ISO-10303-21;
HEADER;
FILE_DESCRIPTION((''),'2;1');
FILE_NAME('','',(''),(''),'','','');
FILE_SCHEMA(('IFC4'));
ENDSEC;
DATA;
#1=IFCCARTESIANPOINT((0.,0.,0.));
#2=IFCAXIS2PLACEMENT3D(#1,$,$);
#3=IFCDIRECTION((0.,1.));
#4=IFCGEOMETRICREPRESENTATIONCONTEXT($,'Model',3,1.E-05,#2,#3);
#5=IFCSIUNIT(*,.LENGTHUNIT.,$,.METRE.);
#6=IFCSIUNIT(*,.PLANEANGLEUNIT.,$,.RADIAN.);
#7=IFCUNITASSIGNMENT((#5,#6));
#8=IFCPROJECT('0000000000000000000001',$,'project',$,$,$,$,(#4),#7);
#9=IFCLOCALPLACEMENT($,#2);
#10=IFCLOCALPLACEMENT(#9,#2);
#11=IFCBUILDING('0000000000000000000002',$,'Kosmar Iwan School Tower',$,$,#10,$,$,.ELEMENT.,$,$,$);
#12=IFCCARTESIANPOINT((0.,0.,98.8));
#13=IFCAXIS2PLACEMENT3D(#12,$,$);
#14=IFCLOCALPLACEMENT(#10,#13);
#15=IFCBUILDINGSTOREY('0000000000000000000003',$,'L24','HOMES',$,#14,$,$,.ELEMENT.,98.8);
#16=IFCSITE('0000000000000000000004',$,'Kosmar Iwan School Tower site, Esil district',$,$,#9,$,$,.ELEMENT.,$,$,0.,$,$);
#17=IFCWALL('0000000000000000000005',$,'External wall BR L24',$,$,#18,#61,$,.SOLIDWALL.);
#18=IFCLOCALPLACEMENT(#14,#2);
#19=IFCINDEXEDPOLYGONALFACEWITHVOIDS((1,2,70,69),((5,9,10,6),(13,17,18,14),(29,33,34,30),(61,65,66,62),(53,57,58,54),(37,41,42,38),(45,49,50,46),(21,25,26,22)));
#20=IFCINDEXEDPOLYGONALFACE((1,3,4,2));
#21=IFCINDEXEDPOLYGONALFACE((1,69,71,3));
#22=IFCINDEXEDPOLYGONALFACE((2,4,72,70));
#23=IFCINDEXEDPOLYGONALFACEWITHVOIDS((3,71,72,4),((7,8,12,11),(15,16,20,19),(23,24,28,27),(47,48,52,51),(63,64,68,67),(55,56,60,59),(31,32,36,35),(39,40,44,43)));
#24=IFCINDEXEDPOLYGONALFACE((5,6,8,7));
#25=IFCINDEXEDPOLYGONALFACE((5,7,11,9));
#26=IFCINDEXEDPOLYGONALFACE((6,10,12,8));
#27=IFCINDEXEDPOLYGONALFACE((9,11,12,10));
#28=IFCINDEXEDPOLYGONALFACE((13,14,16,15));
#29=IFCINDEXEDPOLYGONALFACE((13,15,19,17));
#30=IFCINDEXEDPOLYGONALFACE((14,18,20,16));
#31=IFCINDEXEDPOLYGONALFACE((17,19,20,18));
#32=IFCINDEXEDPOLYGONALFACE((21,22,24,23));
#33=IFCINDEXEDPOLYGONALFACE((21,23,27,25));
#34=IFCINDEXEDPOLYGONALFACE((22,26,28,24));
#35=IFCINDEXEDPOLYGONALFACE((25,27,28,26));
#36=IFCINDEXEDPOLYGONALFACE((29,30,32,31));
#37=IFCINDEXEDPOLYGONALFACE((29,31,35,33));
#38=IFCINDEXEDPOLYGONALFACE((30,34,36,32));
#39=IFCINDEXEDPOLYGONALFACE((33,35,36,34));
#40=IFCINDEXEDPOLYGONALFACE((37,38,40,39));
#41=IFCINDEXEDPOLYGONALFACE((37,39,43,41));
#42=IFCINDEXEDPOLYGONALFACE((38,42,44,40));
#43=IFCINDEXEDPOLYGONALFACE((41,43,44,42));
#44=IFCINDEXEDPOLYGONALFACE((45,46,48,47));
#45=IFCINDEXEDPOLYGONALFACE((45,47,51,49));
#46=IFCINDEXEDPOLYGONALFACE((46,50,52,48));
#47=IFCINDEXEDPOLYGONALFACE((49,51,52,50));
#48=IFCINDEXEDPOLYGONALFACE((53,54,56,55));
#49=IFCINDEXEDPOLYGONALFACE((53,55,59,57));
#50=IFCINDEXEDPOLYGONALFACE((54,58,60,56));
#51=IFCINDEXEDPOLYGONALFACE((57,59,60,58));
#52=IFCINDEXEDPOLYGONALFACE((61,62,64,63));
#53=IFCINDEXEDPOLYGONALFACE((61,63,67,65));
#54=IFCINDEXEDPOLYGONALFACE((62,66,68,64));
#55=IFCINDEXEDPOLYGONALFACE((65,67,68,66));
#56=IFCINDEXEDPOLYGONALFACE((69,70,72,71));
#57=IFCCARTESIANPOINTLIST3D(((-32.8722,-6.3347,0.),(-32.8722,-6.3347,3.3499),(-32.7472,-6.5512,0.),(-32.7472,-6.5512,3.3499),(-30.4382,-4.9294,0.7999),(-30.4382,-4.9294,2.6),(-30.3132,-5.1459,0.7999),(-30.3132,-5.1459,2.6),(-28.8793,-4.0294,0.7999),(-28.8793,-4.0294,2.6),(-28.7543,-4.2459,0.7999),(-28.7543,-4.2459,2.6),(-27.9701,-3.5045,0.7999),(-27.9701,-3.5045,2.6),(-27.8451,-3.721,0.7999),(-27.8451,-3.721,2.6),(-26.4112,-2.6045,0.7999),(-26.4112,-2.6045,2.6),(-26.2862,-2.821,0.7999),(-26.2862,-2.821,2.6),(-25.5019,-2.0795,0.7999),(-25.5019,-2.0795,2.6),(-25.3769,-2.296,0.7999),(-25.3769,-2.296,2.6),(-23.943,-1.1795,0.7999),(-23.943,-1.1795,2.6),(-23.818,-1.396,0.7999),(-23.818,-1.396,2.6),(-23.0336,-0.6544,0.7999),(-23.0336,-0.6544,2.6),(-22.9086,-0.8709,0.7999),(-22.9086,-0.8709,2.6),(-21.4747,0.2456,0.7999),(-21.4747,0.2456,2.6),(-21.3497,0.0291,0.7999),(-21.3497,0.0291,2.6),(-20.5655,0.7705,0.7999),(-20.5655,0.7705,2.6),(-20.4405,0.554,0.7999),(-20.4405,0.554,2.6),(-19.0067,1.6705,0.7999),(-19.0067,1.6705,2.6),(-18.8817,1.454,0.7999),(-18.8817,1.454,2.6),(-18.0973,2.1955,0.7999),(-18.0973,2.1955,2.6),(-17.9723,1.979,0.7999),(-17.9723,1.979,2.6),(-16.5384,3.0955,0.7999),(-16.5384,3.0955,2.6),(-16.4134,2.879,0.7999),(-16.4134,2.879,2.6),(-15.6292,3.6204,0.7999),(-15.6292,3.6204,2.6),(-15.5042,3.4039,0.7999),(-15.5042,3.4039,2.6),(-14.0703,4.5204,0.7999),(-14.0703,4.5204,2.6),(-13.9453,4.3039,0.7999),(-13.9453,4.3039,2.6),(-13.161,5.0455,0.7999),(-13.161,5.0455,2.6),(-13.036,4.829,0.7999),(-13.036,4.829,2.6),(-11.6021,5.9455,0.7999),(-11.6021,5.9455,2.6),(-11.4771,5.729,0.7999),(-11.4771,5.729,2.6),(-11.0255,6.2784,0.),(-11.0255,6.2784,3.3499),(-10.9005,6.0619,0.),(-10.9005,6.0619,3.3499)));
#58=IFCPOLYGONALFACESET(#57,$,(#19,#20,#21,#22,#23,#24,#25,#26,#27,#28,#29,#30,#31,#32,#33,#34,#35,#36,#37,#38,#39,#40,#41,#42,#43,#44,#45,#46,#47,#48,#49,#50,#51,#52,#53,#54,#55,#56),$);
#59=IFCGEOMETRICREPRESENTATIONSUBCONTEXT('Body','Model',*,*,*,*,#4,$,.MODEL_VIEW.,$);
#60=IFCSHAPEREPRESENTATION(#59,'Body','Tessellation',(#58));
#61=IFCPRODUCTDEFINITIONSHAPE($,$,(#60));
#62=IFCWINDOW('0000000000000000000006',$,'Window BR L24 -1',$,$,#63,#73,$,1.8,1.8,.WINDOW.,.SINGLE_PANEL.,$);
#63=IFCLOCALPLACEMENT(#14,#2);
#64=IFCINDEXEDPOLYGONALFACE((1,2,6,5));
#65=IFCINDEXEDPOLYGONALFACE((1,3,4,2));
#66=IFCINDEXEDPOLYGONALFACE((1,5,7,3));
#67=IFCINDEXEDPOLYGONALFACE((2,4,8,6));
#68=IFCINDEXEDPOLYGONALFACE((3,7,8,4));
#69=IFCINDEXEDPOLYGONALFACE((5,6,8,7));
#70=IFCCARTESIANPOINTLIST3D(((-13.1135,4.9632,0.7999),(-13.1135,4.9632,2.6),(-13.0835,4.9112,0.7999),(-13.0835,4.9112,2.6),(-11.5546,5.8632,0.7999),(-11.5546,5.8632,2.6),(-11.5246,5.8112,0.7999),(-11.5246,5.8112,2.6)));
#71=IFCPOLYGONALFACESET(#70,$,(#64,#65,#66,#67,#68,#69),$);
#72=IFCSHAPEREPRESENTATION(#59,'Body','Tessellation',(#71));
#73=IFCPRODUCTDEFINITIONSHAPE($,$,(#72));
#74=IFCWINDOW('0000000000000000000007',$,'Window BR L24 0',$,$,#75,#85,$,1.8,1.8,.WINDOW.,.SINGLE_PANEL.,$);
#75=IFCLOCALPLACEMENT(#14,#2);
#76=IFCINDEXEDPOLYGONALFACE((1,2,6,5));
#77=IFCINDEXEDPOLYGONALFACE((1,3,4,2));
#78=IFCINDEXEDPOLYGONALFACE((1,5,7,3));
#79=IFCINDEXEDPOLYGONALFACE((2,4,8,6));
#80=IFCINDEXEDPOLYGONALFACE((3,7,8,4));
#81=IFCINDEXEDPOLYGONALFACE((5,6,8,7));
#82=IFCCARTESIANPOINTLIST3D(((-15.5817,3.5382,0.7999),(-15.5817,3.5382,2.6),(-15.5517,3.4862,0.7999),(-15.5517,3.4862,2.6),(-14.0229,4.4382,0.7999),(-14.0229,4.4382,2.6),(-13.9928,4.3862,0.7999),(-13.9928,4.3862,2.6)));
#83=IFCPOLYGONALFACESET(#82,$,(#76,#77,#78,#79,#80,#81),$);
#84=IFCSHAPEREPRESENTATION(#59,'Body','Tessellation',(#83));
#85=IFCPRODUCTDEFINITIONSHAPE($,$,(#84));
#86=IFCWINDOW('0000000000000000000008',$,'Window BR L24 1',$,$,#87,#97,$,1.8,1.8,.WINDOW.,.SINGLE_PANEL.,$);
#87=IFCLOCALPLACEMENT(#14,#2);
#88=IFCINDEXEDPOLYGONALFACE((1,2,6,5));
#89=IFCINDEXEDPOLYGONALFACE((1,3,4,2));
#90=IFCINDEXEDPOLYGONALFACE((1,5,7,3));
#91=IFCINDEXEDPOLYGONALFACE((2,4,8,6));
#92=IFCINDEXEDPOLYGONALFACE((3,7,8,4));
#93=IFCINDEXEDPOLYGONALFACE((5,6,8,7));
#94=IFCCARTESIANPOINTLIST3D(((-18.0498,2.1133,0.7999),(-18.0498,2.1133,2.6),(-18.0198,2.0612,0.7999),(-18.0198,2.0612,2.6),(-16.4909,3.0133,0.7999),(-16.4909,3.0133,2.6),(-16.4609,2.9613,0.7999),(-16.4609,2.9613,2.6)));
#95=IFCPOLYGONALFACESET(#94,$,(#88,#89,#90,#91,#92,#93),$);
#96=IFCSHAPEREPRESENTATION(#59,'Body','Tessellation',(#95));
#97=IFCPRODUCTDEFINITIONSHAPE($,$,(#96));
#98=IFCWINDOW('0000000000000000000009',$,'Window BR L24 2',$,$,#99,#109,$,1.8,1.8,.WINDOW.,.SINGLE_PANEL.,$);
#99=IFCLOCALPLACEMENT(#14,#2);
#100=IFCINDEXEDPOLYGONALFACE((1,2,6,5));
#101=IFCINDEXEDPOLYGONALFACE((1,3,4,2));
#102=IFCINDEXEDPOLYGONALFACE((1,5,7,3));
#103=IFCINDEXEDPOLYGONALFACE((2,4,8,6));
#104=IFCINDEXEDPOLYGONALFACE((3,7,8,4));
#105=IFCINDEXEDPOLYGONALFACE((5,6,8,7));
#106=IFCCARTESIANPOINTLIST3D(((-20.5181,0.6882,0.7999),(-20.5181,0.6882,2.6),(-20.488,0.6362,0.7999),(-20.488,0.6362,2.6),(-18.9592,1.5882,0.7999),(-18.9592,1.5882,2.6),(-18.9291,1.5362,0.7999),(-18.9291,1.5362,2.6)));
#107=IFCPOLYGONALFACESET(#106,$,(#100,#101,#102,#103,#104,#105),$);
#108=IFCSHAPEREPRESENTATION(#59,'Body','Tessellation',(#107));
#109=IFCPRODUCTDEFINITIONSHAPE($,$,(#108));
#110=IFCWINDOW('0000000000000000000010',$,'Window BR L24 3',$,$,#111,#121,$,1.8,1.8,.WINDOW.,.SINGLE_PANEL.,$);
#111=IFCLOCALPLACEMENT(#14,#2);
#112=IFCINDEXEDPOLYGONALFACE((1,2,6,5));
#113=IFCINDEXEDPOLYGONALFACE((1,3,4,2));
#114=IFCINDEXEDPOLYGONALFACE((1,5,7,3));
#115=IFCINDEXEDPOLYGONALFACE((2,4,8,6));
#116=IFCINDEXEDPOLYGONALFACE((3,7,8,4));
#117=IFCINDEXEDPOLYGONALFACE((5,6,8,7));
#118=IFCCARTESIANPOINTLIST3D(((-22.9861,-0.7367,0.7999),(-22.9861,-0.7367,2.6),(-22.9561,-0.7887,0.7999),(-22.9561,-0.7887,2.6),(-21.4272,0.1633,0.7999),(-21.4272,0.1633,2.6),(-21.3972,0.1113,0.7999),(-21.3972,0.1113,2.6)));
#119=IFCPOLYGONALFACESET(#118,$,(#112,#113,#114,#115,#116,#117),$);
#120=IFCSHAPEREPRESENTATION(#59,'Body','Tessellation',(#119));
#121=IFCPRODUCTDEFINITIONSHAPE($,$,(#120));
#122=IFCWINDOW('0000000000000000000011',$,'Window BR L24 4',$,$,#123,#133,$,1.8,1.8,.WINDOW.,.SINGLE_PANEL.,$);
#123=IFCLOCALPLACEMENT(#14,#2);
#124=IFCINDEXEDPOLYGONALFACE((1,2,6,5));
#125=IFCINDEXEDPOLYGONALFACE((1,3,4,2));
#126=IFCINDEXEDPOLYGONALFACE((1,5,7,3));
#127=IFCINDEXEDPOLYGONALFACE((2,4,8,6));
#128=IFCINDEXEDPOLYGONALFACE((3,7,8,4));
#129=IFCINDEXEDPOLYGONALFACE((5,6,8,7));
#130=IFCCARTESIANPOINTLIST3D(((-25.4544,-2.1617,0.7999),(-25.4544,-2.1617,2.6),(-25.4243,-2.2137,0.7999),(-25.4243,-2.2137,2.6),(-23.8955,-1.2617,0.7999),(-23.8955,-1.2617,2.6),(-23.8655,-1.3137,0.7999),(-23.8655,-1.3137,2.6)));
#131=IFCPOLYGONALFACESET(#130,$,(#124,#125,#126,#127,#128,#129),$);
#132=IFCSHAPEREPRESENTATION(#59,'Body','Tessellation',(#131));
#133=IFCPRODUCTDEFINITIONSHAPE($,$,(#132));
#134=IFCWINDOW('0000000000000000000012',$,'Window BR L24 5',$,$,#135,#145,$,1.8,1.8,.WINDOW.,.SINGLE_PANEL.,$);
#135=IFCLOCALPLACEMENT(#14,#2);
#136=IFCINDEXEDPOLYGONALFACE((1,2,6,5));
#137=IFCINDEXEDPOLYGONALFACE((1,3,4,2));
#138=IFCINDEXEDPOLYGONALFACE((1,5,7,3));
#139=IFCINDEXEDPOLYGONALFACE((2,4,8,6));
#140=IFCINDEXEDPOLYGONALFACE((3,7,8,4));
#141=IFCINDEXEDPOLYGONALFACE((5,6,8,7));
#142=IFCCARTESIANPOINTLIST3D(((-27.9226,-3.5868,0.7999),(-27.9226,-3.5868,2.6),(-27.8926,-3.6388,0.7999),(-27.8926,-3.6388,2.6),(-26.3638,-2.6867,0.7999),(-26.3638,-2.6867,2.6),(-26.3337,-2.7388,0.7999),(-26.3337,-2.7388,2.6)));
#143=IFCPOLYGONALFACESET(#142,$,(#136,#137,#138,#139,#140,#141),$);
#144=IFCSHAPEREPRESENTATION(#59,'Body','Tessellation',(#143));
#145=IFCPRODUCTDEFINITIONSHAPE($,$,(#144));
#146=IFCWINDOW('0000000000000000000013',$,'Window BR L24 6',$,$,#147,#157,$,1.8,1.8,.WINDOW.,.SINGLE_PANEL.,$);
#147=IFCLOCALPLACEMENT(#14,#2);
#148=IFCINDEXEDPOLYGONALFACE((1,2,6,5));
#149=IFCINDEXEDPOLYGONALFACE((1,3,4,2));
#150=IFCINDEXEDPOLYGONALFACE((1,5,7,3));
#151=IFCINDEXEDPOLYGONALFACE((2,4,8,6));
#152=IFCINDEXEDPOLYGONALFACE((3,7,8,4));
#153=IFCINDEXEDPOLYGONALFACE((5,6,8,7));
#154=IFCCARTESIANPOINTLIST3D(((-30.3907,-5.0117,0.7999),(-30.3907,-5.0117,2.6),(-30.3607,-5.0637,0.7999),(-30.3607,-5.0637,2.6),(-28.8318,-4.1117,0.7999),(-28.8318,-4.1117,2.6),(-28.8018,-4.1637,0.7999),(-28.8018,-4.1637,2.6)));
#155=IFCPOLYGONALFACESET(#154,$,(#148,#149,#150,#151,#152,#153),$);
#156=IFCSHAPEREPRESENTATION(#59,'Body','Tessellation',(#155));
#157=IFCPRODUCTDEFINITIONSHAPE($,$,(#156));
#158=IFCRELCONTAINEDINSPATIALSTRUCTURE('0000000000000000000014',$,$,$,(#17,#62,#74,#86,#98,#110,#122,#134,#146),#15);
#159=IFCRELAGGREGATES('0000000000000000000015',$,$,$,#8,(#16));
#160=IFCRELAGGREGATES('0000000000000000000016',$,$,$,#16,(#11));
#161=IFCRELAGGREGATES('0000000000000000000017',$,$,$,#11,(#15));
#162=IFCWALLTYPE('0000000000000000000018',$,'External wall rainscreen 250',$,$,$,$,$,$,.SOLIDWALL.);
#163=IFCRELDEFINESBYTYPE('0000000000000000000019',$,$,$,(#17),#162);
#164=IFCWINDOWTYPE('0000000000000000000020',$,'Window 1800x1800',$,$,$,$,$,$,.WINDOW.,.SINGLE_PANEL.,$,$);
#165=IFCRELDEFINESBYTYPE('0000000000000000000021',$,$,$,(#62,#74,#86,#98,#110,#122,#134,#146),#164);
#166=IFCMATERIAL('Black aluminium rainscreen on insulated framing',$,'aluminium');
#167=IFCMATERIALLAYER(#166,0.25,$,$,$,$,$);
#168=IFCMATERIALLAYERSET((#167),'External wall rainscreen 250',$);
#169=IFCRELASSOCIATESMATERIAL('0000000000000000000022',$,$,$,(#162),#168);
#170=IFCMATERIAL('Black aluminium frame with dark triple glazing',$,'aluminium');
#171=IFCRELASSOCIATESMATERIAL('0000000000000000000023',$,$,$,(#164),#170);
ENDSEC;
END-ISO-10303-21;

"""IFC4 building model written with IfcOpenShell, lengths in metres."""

from ifc_helpers import new_model, si_unit, direction, frame, frame_2d, origin, place, context, subcontext, project, spatial, rectangle, extrude, material, layer, layer_set, type_object, element, fill, save


model = new_model("IFC4")

# Units and contexts
model_context = context("Model", 3, precision=1e-05, world=origin(), true_north=direction((0.0, 1.0)))
body_context = subcontext(model_context, "Body", "Model", "MODEL_VIEW")
ifc_project = project(units=[si_unit("LENGTHUNIT", "METRE"), si_unit("PLANEANGLEUNIT", "RADIAN")], contexts=[model_context])

# Site, building, storey
site_placement = place(None, origin())
site = spatial("IfcSite", under=ifc_project, at=site_placement, Name="Kosmar Iwan School Tower site, Esil district", CompositionType="ELEMENT", RefElevation=0.0)
building_placement = place(site_placement, origin())
building = spatial("IfcBuilding", under=site, at=building_placement, Name="Kosmar Iwan School Tower", CompositionType="ELEMENT")
storey_placement = place(building_placement, frame((0.0, 0.0, 98.8)))
storey = spatial("IfcBuildingStorey", under=building, at=storey_placement, Name="L24", Description="HOMES", CompositionType="ELEMENT", Elevation=98.8)

# Wall, openings, windows
ifc_material_1 = material(Name="Black aluminium rainscreen on insulated framing", Category="aluminium")
ifc_layer = layer(ifc_material_1, 0.25)
ifc_layer_set = layer_set([ifc_layer], Name="External wall rainscreen 250")
wall_type = type_object("IfcWallType", Name="External wall rainscreen 250", PredefinedType="SOLIDWALL", material=ifc_layer_set)
ifc_material_2 = material(Name="Black aluminium frame with dark triple glazing", Category="aluminium")
window_type = type_object("IfcWindowType", Name="Window 1800x1800", PartitioningType="SINGLE_PANEL", PredefinedType="WINDOW", material=ifc_material_2)
wall_1_placement = place(storey_placement, frame((-10.9629, 6.1702, 0.0), z_axis=(0.0, 0.0, 1.0), x_axis=(-0.866028, -0.499996, 0.0)))
wall_1 = element("IfcWall", 1, at=wall_1_placement, inside=storey, type_object=wall_type, Name="External wall BR L24", PredefinedType="SOLIDWALL", context=body_context, shape_type="SweptSolid", body=[
    extrude(rectangle(XDim=25.2263, YDim=0.25, at=frame_2d((12.6133, 0.0))), origin(), (0.0, 0.0, 1.0), 3.3499),
])
opening_1_placement = place(wall_1_placement, frame((0.666, 0.0, 0.8)))
opening_1 = element("IfcOpeningElement", 2, at=opening_1_placement, cuts=wall_1, PredefinedType="OPENING", context=body_context, shape_type="SweptSolid", body=[
    extrude(rectangle(XDim=1.8, YDim=1.8, at=frame_2d((0.8999, 0.8999))), frame((0.0, 0.137, 0.0), z_axis=(0.0, -1.0, 0.0), x_axis=(1.0, 0.0, 0.0)), (0.0, 0.0, 1.0), 0.2739),
])
opening_2_placement = place(wall_1_placement, frame((3.5161, 0.0, 0.8)))
opening_2 = element("IfcOpeningElement", 3, at=opening_2_placement, cuts=wall_1, PredefinedType="OPENING", context=body_context, shape_type="SweptSolid", body=[
    extrude(rectangle(XDim=1.8, YDim=1.8, at=frame_2d((0.8999, 0.8999))), frame((0.0, 0.137, 0.0), z_axis=(0.0, -1.0, 0.0), x_axis=(1.0, 0.0, 0.0)), (0.0, 0.0, 1.0), 0.2739),
])
opening_3_placement = place(wall_1_placement, frame((6.366, 0.0, 0.8)))
opening_3 = element("IfcOpeningElement", 4, at=opening_3_placement, cuts=wall_1, PredefinedType="OPENING", context=body_context, shape_type="SweptSolid", body=[
    extrude(rectangle(XDim=1.8, YDim=1.8, at=frame_2d((0.8999, 0.8999))), frame((0.0, 0.137, 0.0), z_axis=(0.0, -1.0, 0.0), x_axis=(1.0, 0.0, 0.0)), (0.0, 0.0, 1.0), 0.2739),
])
opening_4_placement = place(wall_1_placement, frame((9.2161, 0.0, 0.8)))
opening_4 = element("IfcOpeningElement", 5, at=opening_4_placement, cuts=wall_1, PredefinedType="OPENING", context=body_context, shape_type="SweptSolid", body=[
    extrude(rectangle(XDim=1.8, YDim=1.8, at=frame_2d((0.8999, 0.8999))), frame((0.0, 0.137, 0.0), z_axis=(0.0, -1.0, 0.0), x_axis=(1.0, 0.0, 0.0)), (0.0, 0.0, 1.0), 0.2739),
])
opening_5_placement = place(wall_1_placement, frame((12.0659, 0.0, 0.8)))
opening_5 = element("IfcOpeningElement", 6, at=opening_5_placement, cuts=wall_1, PredefinedType="OPENING", context=body_context, shape_type="SweptSolid", body=[
    extrude(rectangle(XDim=1.8, YDim=1.8, at=frame_2d((0.8999, 0.8999))), frame((0.0, 0.137, 0.0), z_axis=(0.0, -1.0, 0.0), x_axis=(1.0, 0.0, 0.0)), (0.0, 0.0, 1.0), 0.2739),
])
opening_6_placement = place(wall_1_placement, frame((14.916, 0.0, 0.8)))
opening_6 = element("IfcOpeningElement", 7, at=opening_6_placement, cuts=wall_1, PredefinedType="OPENING", context=body_context, shape_type="SweptSolid", body=[
    extrude(rectangle(XDim=1.8, YDim=1.8, at=frame_2d((0.8999, 0.8999))), frame((0.0, 0.137, 0.0), z_axis=(0.0, -1.0, 0.0), x_axis=(1.0, 0.0, 0.0)), (0.0, 0.0, 1.0), 0.2739),
])
opening_7_placement = place(wall_1_placement, frame((17.7661, 0.0, 0.8)))
opening_7 = element("IfcOpeningElement", 8, at=opening_7_placement, cuts=wall_1, PredefinedType="OPENING", context=body_context, shape_type="SweptSolid", body=[
    extrude(rectangle(XDim=1.8, YDim=1.8, at=frame_2d((0.8999, 0.8999))), frame((0.0, 0.137, 0.0), z_axis=(0.0, -1.0, 0.0), x_axis=(1.0, 0.0, 0.0)), (0.0, 0.0, 1.0), 0.2739),
])
opening_8_placement = place(wall_1_placement, frame((20.616, 0.0, 0.8)))
opening_8 = element("IfcOpeningElement", 9, at=opening_8_placement, cuts=wall_1, PredefinedType="OPENING", context=body_context, shape_type="SweptSolid", body=[
    extrude(rectangle(XDim=1.8, YDim=1.8, at=frame_2d((0.8999, 0.8999))), frame((0.0, 0.137, 0.0), z_axis=(0.0, -1.0, 0.0), x_axis=(1.0, 0.0, 0.0)), (0.0, 0.0, 1.0), 0.2739),
])
window_1_placement = place(opening_1_placement, origin())
window_1 = element("IfcWindow", 10, at=window_1_placement, inside=storey, type_object=window_type, Name="Window BR L24 -1", OverallHeight=1.8, OverallWidth=1.8, PartitioningType="SINGLE_PANEL", PredefinedType="WINDOW", context=body_context, shape_type="SweptSolid", body=[
    extrude(rectangle(XDim=1.8, YDim=1.8, at=frame_2d((0.8999, 0.8999))), frame((0.0, 0.03, 0.0), z_axis=(0.0, -1.0, 0.0), x_axis=(1.0, 0.0, 0.0)), (0.0, 0.0, 1.0), 0.0601),
])
fill(opening_1, window_1)
window_2_placement = place(opening_2_placement, origin())
window_2 = element("IfcWindow", 11, at=window_2_placement, inside=storey, type_object=window_type, Name="Window BR L24 0", OverallHeight=1.8, OverallWidth=1.8, PartitioningType="SINGLE_PANEL", PredefinedType="WINDOW", context=body_context, shape_type="SweptSolid", body=[
    extrude(rectangle(XDim=1.8, YDim=1.8, at=frame_2d((0.8999, 0.8999))), frame((0.0, 0.03, 0.0), z_axis=(0.0, -1.0, 0.0), x_axis=(1.0, 0.0, 0.0)), (0.0, 0.0, 1.0), 0.0601),
])
fill(opening_2, window_2)
window_3_placement = place(opening_3_placement, origin())
window_3 = element("IfcWindow", 12, at=window_3_placement, inside=storey, type_object=window_type, Name="Window BR L24 1", OverallHeight=1.8, OverallWidth=1.8, PartitioningType="SINGLE_PANEL", PredefinedType="WINDOW", context=body_context, shape_type="SweptSolid", body=[
    extrude(rectangle(XDim=1.8, YDim=1.8, at=frame_2d((0.8999, 0.8999))), frame((0.0, 0.03, 0.0), z_axis=(0.0, -1.0, 0.0), x_axis=(1.0, 0.0, 0.0)), (0.0, 0.0, 1.0), 0.0601),
])
fill(opening_3, window_3)
window_4_placement = place(opening_4_placement, origin())
window_4 = element("IfcWindow", 13, at=window_4_placement, inside=storey, type_object=window_type, Name="Window BR L24 2", OverallHeight=1.8, OverallWidth=1.8, PartitioningType="SINGLE_PANEL", PredefinedType="WINDOW", context=body_context, shape_type="SweptSolid", body=[
    extrude(rectangle(XDim=1.8, YDim=1.8, at=frame_2d((0.8999, 0.8999))), frame((0.0, 0.03, 0.0), z_axis=(0.0, -1.0, 0.0), x_axis=(1.0, 0.0, 0.0)), (0.0, 0.0, 1.0), 0.0601),
])
fill(opening_4, window_4)
window_5_placement = place(opening_5_placement, origin())
window_5 = element("IfcWindow", 14, at=window_5_placement, inside=storey, type_object=window_type, Name="Window BR L24 3", OverallHeight=1.8, OverallWidth=1.8, PartitioningType="SINGLE_PANEL", PredefinedType="WINDOW", context=body_context, shape_type="SweptSolid", body=[
    extrude(rectangle(XDim=1.8, YDim=1.8, at=frame_2d((0.8999, 0.8999))), frame((0.0, 0.03, 0.0), z_axis=(0.0, -1.0, 0.0), x_axis=(1.0, 0.0, 0.0)), (0.0, 0.0, 1.0), 0.0601),
])
fill(opening_5, window_5)
window_6_placement = place(opening_6_placement, origin())
window_6 = element("IfcWindow", 15, at=window_6_placement, inside=storey, type_object=window_type, Name="Window BR L24 4", OverallHeight=1.8, OverallWidth=1.8, PartitioningType="SINGLE_PANEL", PredefinedType="WINDOW", context=body_context, shape_type="SweptSolid", body=[
    extrude(rectangle(XDim=1.8, YDim=1.8, at=frame_2d((0.8999, 0.8999))), frame((0.0, 0.03, 0.0), z_axis=(0.0, -1.0, 0.0), x_axis=(1.0, 0.0, 0.0)), (0.0, 0.0, 1.0), 0.0601),
])
fill(opening_6, window_6)
window_7_placement = place(opening_7_placement, origin())
window_7 = element("IfcWindow", 16, at=window_7_placement, inside=storey, type_object=window_type, Name="Window BR L24 5", OverallHeight=1.8, OverallWidth=1.8, PartitioningType="SINGLE_PANEL", PredefinedType="WINDOW", context=body_context, shape_type="SweptSolid", body=[
    extrude(rectangle(XDim=1.8, YDim=1.8, at=frame_2d((0.8999, 0.8999))), frame((0.0, 0.03, 0.0), z_axis=(0.0, -1.0, 0.0), x_axis=(1.0, 0.0, 0.0)), (0.0, 0.0, 1.0), 0.0601),
])
fill(opening_7, window_7)
window_8_placement = place(opening_8_placement, origin())
window_8 = element("IfcWindow", 17, at=window_8_placement, inside=storey, type_object=window_type, Name="Window BR L24 6", OverallHeight=1.8, OverallWidth=1.8, PartitioningType="SINGLE_PANEL", PredefinedType="WINDOW", context=body_context, shape_type="SweptSolid", body=[
    extrude(rectangle(XDim=1.8, YDim=1.8, at=frame_2d((0.8999, 0.8999))), frame((0.0, 0.03, 0.0), z_axis=(0.0, -1.0, 0.0), x_axis=(1.0, 0.0, 0.0)), (0.0, 0.0, 1.0), 0.0601),
])
fill(opening_8, window_8)

save(model, "model.ifc")
